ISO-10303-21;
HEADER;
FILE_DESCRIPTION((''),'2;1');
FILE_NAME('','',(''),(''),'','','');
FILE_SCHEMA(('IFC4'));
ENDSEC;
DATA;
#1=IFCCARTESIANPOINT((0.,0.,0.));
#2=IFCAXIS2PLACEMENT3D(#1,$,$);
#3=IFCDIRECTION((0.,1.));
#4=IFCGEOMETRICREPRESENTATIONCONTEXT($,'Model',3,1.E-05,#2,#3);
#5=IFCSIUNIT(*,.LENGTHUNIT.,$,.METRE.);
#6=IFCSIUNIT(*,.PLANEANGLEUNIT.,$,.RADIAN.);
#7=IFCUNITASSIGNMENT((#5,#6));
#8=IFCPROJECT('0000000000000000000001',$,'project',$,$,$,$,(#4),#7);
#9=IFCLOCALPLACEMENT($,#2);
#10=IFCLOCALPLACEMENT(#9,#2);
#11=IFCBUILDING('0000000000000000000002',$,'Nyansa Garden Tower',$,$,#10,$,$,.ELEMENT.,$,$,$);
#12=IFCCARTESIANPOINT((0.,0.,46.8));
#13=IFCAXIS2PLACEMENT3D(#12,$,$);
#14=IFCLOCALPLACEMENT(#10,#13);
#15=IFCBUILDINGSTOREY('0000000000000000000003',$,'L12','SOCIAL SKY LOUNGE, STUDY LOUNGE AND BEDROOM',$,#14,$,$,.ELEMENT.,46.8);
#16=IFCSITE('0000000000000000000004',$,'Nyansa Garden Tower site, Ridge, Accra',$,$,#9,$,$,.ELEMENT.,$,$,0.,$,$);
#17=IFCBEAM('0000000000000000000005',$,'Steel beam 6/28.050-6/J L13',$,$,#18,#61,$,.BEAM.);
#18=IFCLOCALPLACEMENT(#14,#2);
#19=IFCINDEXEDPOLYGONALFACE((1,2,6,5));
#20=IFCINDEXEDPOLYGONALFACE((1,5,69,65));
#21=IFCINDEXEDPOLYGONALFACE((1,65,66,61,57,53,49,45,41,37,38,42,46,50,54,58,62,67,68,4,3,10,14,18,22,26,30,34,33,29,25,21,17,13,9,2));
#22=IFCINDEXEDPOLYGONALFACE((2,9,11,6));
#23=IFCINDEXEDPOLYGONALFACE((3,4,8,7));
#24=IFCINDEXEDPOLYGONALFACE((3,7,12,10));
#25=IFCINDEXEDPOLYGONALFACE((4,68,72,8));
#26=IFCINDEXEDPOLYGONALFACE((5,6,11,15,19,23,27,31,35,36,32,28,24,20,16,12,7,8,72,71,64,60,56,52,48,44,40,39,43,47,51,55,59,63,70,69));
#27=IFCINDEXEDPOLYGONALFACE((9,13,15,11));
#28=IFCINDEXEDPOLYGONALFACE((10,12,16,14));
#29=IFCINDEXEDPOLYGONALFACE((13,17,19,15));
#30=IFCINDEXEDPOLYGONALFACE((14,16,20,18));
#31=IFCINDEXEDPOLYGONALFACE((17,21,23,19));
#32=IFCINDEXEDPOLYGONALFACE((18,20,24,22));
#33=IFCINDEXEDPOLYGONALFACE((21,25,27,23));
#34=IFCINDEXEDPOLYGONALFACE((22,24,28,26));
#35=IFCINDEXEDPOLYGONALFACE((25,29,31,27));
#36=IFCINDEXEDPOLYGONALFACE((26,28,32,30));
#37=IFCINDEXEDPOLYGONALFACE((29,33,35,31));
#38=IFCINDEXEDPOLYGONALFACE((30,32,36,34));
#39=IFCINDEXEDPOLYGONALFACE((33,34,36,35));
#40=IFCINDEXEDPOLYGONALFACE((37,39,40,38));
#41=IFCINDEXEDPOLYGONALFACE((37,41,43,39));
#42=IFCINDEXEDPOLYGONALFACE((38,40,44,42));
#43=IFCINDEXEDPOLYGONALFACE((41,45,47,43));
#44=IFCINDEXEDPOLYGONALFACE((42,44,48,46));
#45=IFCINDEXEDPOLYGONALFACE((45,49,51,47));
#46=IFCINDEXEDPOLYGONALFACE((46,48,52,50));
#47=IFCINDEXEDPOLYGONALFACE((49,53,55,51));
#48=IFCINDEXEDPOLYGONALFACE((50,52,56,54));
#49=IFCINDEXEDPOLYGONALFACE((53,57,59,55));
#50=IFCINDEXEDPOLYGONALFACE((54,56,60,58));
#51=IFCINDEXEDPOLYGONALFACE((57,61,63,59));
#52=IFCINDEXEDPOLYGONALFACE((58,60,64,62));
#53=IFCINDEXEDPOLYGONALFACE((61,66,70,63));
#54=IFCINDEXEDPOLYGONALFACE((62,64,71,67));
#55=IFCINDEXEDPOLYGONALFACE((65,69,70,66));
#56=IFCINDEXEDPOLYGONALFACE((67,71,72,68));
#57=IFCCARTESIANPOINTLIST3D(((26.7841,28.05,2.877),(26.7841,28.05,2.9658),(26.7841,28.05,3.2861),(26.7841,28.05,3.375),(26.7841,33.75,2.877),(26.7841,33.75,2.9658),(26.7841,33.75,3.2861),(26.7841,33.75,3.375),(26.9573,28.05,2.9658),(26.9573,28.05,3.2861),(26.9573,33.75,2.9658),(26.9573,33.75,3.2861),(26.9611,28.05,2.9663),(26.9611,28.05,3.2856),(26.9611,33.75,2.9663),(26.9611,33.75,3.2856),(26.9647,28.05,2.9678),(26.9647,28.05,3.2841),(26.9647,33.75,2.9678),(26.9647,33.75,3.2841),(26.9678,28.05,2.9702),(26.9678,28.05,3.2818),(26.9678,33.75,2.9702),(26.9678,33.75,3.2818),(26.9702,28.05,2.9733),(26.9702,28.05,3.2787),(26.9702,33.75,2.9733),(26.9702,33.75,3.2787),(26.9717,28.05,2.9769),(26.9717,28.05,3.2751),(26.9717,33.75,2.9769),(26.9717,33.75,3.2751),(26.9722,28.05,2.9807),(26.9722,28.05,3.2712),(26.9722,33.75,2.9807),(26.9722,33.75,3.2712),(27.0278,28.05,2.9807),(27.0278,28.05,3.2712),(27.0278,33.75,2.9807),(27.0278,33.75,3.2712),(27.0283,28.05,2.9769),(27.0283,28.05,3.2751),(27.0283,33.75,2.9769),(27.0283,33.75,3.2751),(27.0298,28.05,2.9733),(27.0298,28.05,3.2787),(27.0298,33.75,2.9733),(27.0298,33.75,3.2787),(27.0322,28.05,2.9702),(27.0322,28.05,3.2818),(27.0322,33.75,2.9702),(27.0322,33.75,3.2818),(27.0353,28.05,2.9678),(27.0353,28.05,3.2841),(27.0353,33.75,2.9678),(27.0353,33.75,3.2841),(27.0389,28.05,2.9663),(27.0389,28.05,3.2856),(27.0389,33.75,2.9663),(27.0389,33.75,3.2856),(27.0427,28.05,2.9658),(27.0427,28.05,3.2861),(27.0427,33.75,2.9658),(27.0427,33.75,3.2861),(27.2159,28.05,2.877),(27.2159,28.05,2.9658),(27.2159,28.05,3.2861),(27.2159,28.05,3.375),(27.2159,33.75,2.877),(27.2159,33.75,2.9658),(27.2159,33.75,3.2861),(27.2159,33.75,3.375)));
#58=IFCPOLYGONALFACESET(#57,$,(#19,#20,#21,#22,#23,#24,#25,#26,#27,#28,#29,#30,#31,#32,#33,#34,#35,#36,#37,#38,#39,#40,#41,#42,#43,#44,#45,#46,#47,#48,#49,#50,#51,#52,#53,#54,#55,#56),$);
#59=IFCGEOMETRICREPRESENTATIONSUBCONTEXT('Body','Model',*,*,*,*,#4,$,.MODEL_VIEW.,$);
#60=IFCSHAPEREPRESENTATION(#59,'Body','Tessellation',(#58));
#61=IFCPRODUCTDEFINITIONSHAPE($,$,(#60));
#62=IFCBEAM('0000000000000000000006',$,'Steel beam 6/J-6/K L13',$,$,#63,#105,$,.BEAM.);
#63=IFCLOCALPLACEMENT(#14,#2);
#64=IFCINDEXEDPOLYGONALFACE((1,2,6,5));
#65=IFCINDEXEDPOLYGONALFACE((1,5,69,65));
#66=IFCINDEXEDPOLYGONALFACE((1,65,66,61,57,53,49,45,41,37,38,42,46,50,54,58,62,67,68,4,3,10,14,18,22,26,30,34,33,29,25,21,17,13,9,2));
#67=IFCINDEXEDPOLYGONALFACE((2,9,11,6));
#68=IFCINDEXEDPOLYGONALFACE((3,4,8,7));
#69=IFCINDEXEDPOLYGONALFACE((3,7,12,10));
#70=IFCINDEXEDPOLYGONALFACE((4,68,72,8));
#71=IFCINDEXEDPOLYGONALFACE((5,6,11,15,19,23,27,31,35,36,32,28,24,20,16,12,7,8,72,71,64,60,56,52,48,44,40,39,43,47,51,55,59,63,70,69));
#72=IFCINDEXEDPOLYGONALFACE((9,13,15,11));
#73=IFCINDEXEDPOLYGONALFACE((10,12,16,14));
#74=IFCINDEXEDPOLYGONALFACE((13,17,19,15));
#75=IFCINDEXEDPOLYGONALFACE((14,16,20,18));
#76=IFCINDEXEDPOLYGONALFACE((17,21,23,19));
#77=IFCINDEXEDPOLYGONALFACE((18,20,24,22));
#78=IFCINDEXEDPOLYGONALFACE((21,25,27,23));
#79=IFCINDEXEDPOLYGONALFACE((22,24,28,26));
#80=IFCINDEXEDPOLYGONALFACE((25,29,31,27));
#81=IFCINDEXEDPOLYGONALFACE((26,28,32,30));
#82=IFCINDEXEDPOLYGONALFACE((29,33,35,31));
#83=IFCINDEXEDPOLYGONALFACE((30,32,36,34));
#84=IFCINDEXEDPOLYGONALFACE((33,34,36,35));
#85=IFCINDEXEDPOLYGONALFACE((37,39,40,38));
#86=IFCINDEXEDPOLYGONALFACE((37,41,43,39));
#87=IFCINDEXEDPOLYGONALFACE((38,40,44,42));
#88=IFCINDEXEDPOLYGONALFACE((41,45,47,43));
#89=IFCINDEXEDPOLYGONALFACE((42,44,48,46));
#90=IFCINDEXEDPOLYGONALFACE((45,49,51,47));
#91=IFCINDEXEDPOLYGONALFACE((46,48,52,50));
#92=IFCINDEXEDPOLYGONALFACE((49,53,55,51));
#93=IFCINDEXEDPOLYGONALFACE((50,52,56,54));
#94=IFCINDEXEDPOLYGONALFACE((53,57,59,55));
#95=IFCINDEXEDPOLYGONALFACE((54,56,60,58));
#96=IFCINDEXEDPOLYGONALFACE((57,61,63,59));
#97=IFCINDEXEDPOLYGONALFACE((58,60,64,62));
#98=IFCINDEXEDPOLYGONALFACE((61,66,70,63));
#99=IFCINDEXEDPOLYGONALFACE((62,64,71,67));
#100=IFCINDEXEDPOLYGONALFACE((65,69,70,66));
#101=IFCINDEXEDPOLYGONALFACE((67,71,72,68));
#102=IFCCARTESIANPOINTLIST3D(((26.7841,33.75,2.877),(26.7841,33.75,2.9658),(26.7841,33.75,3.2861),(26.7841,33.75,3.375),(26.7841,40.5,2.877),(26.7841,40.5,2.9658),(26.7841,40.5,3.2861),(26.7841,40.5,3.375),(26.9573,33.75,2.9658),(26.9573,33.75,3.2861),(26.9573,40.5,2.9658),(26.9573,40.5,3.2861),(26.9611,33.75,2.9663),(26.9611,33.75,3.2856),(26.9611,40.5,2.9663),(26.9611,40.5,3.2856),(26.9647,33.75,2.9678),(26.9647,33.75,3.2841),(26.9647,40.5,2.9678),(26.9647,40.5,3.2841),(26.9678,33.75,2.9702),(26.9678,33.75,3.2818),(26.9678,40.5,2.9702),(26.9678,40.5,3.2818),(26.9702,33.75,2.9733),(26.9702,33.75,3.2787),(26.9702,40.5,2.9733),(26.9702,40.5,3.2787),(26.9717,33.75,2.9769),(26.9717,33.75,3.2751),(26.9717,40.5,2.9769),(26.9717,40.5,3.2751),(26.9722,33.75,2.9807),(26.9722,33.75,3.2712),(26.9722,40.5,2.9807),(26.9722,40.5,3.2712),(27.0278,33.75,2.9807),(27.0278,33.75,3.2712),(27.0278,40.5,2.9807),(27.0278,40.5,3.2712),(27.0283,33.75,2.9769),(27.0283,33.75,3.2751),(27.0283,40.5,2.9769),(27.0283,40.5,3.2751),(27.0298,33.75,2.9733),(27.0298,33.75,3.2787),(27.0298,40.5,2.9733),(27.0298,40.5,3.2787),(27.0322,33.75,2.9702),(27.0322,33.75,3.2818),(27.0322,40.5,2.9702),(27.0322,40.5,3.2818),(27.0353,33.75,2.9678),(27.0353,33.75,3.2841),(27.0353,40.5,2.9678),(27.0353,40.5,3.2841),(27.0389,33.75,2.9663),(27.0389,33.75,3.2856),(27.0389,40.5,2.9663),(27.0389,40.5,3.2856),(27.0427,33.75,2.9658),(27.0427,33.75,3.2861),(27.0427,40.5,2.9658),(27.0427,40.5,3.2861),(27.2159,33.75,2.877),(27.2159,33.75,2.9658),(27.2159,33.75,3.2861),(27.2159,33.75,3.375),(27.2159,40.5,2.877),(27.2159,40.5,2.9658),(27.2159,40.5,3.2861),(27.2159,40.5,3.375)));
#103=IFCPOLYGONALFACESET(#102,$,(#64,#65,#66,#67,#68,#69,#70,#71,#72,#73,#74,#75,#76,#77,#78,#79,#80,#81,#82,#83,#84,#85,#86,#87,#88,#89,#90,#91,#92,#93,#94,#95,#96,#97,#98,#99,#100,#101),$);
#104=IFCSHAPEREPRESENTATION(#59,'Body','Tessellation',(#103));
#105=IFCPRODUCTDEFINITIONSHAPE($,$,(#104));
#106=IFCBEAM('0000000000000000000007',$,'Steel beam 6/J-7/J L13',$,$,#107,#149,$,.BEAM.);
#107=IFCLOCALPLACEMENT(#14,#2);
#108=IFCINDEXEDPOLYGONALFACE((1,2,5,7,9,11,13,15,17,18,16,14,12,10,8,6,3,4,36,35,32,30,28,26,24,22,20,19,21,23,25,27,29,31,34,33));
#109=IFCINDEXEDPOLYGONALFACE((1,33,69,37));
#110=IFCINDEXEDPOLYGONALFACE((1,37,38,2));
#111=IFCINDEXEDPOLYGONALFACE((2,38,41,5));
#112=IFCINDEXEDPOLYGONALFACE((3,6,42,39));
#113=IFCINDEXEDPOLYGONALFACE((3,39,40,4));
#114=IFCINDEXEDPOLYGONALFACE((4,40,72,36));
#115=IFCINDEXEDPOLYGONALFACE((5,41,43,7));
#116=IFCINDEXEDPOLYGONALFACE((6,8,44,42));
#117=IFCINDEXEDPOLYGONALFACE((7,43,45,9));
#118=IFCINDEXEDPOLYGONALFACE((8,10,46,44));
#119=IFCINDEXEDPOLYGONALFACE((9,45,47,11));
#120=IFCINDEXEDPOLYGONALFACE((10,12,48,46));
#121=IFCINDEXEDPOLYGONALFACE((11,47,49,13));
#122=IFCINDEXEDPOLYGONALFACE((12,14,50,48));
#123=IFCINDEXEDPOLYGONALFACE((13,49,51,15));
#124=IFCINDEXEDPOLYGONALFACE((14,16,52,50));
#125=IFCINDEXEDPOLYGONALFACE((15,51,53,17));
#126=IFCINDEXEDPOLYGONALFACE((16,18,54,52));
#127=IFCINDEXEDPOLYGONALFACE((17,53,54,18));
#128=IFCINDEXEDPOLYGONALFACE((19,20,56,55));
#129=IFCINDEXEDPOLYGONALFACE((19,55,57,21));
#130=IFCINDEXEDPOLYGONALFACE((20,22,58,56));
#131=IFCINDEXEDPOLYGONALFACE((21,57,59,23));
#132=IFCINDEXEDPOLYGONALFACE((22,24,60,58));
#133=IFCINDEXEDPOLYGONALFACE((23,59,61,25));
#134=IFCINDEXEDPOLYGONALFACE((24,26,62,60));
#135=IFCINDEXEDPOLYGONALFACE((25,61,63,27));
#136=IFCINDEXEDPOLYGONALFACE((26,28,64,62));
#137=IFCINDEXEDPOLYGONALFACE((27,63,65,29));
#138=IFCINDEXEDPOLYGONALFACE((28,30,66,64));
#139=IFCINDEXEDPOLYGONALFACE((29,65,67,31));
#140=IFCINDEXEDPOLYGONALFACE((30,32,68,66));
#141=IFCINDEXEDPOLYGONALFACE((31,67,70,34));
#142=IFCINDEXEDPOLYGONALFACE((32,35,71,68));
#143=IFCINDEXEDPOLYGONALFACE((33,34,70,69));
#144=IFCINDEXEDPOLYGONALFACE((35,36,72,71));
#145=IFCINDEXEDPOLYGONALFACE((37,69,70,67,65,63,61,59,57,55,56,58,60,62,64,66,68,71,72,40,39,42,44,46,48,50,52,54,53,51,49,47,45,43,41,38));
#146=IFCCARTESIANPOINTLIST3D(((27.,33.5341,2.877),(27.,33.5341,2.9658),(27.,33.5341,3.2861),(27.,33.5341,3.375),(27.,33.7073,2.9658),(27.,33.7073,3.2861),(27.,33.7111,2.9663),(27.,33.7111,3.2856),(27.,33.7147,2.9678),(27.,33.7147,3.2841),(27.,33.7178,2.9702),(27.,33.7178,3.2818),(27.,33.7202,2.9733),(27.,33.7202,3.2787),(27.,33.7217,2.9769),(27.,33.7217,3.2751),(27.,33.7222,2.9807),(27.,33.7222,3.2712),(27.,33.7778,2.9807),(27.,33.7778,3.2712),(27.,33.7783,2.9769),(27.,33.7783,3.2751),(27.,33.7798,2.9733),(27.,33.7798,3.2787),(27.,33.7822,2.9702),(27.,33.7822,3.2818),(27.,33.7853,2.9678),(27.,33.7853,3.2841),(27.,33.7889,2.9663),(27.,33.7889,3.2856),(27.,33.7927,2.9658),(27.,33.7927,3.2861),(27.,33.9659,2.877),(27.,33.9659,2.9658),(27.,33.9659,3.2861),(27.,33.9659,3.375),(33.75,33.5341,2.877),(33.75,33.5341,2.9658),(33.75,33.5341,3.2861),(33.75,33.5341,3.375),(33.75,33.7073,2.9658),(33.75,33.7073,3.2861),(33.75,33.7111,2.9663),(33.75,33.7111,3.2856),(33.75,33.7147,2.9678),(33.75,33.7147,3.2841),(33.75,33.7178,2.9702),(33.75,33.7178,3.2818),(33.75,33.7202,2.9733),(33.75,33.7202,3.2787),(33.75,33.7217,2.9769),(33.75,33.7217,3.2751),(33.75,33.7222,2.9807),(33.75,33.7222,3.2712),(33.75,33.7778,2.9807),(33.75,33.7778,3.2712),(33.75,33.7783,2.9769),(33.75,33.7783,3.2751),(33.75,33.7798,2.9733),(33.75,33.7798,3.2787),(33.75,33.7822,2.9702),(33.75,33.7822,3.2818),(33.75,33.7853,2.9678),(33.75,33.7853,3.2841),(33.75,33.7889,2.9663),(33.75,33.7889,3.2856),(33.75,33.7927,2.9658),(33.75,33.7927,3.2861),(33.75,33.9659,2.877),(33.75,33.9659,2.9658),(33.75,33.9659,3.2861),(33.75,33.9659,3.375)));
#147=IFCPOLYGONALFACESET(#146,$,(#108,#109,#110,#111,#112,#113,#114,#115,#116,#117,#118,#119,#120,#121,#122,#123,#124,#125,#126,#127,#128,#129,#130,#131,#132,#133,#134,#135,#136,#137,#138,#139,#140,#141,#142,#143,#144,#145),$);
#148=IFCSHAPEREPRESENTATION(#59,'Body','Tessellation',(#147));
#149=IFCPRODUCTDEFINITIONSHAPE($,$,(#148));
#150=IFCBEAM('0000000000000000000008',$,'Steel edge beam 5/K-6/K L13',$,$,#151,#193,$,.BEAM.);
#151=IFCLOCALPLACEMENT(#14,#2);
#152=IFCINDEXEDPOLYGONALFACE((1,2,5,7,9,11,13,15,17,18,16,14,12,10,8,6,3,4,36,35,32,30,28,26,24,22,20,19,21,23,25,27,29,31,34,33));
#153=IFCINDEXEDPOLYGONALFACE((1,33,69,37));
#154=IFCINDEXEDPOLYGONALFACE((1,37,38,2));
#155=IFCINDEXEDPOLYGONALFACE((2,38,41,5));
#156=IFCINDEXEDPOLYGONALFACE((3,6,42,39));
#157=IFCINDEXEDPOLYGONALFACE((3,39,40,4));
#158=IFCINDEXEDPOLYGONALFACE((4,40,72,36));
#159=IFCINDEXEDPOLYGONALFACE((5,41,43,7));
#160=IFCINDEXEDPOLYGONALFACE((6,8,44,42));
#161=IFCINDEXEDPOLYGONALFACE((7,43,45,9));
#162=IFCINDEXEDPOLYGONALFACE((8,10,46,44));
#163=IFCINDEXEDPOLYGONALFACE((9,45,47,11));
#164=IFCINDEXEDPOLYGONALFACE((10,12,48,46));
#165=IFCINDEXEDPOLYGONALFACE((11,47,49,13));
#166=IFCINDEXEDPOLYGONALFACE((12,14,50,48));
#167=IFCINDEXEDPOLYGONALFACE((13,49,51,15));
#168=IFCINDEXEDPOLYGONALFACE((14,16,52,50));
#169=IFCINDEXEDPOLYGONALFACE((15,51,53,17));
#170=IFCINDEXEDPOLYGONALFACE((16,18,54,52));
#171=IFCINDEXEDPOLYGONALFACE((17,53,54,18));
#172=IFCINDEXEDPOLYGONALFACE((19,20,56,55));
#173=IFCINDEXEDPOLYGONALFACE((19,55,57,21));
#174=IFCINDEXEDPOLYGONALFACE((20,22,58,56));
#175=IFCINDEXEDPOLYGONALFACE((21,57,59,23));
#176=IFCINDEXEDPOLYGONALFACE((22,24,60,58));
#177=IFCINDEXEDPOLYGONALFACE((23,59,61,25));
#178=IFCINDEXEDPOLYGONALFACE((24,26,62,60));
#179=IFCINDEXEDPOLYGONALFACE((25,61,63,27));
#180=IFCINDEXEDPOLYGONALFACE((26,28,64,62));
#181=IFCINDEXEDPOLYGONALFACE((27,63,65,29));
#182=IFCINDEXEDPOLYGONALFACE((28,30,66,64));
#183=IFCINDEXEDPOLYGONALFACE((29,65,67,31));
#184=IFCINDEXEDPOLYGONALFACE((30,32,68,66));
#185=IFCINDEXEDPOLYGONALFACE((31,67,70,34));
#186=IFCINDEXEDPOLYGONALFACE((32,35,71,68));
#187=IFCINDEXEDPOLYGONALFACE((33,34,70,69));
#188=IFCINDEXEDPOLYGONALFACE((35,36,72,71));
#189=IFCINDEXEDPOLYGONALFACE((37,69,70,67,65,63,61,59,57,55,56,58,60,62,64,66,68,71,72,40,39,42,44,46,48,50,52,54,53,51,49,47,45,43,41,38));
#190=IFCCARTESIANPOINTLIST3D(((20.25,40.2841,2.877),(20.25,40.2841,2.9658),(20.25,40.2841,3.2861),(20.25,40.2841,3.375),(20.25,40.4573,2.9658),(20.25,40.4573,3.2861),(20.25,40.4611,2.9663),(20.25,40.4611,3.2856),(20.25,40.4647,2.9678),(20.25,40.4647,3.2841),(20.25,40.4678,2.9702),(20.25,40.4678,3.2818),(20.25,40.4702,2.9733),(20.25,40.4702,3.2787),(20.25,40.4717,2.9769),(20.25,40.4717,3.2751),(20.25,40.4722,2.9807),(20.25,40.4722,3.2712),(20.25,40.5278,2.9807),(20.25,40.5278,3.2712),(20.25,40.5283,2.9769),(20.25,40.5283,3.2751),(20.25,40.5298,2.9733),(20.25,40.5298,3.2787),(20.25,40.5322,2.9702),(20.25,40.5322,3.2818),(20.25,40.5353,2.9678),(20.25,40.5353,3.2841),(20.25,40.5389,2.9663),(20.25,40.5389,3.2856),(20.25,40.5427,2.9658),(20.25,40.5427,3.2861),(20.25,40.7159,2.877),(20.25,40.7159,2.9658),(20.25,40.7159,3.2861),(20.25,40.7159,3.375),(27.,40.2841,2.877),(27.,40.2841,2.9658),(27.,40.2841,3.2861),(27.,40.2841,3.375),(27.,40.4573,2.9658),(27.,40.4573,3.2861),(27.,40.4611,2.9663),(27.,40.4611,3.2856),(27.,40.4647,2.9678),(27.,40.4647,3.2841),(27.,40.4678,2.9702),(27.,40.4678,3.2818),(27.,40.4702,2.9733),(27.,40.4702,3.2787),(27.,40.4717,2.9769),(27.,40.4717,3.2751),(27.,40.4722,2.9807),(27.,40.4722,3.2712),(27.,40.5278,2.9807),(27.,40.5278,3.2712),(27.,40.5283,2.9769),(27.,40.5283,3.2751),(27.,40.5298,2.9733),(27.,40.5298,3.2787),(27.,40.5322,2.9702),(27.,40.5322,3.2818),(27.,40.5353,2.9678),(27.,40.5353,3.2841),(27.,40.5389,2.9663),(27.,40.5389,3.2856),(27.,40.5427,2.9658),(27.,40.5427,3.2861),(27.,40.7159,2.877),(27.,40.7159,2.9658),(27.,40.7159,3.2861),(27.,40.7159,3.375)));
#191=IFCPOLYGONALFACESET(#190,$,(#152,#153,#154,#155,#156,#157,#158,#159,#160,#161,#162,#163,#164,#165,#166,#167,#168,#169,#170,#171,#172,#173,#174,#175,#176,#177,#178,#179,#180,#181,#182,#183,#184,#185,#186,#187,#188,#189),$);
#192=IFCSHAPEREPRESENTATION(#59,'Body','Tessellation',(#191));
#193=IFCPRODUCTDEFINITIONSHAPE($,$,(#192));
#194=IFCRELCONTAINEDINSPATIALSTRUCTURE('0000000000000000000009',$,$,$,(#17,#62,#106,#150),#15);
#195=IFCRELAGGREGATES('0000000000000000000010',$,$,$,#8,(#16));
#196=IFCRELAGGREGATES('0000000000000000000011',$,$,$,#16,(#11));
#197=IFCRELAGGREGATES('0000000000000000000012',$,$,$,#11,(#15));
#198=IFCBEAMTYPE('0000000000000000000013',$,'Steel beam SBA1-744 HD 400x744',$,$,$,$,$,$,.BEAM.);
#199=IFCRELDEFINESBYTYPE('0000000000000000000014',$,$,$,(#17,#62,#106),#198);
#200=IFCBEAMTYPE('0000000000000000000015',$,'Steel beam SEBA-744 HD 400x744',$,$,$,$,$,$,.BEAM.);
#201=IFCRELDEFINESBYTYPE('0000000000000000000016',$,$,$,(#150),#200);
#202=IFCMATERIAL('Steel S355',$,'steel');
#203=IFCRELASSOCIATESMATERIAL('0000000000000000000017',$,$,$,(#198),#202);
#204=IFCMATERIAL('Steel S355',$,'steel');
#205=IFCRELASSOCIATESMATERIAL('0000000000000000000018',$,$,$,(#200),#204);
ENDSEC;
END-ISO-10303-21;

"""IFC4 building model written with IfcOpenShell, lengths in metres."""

from ifc_helpers import new_model, si_unit, direction, frame, origin, origin_2d, place, context, subcontext, project, spatial, i_section, extrude, material, material_profile, profile_set, type_object, element, save


model = new_model("IFC4")

# Units and contexts
model_context = context("Model", 3, precision=1e-05, world=origin(), true_north=direction((0.0, 1.0)))
body_context = subcontext(model_context, "Body", "Model", "MODEL_VIEW")
ifc_project = project(units=[si_unit("LENGTHUNIT", "METRE"), si_unit("PLANEANGLEUNIT", "RADIAN")], contexts=[model_context])

# Site, building, storey
site_placement = place(None, origin())
site = spatial("IfcSite", under=ifc_project, at=site_placement, Name="Nyansa Garden Tower site, Ridge, Accra", CompositionType="ELEMENT", RefElevation=0.0)
building_placement = place(site_placement, origin())
building = spatial("IfcBuilding", under=site, at=building_placement, Name="Nyansa Garden Tower", CompositionType="ELEMENT")
storey_placement = place(building_placement, frame((0.0, 0.0, 46.8)))
storey = spatial("IfcBuildingStorey", under=building, at=storey_placement, Name="L12", Description="SOCIAL SKY LOUNGE, STUDY LOUNGE AND BEDROOM", CompositionType="ELEMENT", Elevation=46.8)

# Beams
ifc_material_1 = material(Name="Steel S355", Category="steel")
ifc_material_profile_1 = material_profile(ifc_material_1, i_section(OverallWidth=0.4319, OverallDepth=0.498, WebThickness=0.0557, FlangeThickness=0.0889, FilletRadius=0.0149, at=origin_2d()), Name="HD 400x744")
ifc_profile_set_1 = profile_set([ifc_material_profile_1], Name="Steel S355")
beam_type_1 = type_object("IfcBeamType", Name="Steel beam SBA1-744 HD 400x744", PredefinedType="BEAM", material=ifc_profile_set_1)
beam_1_placement = place(storey_placement, frame((27.0, 28.05, 3.126), z_axis=(0.0, 1.0, 0.0), x_axis=(-1.0, 0.0, 0.0)))
element("IfcBeam", 1, at=beam_1_placement, inside=storey, type_object=beam_type_1, Name="Steel beam 6/28.050-6/J L13", PredefinedType="BEAM", context=body_context, shape_type="SweptSolid", body=[
    extrude(i_section(OverallWidth=0.4319, OverallDepth=0.498, WebThickness=0.0557, FlangeThickness=0.0889, FilletRadius=0.0149, at=origin_2d()), origin(), (0.0, 0.0, 1.0), 5.7),
])
for number, where, z_axis, x_axis, name in (
    (2, (27.0, 33.75, 3.126), (0.0, 1.0, 0.0), (-1.0, 0.0, 0.0), "Steel beam 6/J-6/K L13"),
    (3, (27.0, 33.75, 3.126), (1.0, 0.0, 0.0), (0.0, 1.0, 0.0), "Steel beam 6/J-7/J L13"),
):
    element("IfcBeam", number, at=place(storey_placement, frame(where, z_axis=z_axis, x_axis=x_axis)), inside=storey, type_object=beam_type_1, Name=name, PredefinedType="BEAM", context=body_context, shape_type="SweptSolid", body=[
        extrude(i_section(OverallWidth=0.4319, OverallDepth=0.498, WebThickness=0.0557, FlangeThickness=0.0889, FilletRadius=0.0149, at=origin_2d()), origin(), (0.0, 0.0, 1.0), 6.75),
    ])
ifc_material_2 = material(Name="Steel S355", Category="steel")
ifc_material_profile_2 = material_profile(ifc_material_2, i_section(OverallWidth=0.4319, OverallDepth=0.498, WebThickness=0.0557, FlangeThickness=0.0889, FilletRadius=0.0149, at=origin_2d()), Name="HD 400x744")
ifc_profile_set_2 = profile_set([ifc_material_profile_2], Name="Steel S355")
beam_type_2 = type_object("IfcBeamType", Name="Steel beam SEBA-744 HD 400x744", PredefinedType="BEAM", material=ifc_profile_set_2)
for number, where, z_axis, x_axis, name in (
    (4, (20.25, 40.5, 3.126), (1.0, 0.0, 0.0), (0.0, 1.0, 0.0), "Steel edge beam 5/K-6/K L13"),
):
    element("IfcBeam", number, at=place(storey_placement, frame(where, z_axis=z_axis, x_axis=x_axis)), inside=storey, type_object=beam_type_2, Name=name, PredefinedType="BEAM", context=body_context, shape_type="SweptSolid", body=[
        extrude(i_section(OverallWidth=0.4319, OverallDepth=0.498, WebThickness=0.0557, FlangeThickness=0.0889, FilletRadius=0.0149, at=origin_2d()), origin(), (0.0, 0.0, 1.0), 6.75),
    ])

save(model, "model.ifc")
